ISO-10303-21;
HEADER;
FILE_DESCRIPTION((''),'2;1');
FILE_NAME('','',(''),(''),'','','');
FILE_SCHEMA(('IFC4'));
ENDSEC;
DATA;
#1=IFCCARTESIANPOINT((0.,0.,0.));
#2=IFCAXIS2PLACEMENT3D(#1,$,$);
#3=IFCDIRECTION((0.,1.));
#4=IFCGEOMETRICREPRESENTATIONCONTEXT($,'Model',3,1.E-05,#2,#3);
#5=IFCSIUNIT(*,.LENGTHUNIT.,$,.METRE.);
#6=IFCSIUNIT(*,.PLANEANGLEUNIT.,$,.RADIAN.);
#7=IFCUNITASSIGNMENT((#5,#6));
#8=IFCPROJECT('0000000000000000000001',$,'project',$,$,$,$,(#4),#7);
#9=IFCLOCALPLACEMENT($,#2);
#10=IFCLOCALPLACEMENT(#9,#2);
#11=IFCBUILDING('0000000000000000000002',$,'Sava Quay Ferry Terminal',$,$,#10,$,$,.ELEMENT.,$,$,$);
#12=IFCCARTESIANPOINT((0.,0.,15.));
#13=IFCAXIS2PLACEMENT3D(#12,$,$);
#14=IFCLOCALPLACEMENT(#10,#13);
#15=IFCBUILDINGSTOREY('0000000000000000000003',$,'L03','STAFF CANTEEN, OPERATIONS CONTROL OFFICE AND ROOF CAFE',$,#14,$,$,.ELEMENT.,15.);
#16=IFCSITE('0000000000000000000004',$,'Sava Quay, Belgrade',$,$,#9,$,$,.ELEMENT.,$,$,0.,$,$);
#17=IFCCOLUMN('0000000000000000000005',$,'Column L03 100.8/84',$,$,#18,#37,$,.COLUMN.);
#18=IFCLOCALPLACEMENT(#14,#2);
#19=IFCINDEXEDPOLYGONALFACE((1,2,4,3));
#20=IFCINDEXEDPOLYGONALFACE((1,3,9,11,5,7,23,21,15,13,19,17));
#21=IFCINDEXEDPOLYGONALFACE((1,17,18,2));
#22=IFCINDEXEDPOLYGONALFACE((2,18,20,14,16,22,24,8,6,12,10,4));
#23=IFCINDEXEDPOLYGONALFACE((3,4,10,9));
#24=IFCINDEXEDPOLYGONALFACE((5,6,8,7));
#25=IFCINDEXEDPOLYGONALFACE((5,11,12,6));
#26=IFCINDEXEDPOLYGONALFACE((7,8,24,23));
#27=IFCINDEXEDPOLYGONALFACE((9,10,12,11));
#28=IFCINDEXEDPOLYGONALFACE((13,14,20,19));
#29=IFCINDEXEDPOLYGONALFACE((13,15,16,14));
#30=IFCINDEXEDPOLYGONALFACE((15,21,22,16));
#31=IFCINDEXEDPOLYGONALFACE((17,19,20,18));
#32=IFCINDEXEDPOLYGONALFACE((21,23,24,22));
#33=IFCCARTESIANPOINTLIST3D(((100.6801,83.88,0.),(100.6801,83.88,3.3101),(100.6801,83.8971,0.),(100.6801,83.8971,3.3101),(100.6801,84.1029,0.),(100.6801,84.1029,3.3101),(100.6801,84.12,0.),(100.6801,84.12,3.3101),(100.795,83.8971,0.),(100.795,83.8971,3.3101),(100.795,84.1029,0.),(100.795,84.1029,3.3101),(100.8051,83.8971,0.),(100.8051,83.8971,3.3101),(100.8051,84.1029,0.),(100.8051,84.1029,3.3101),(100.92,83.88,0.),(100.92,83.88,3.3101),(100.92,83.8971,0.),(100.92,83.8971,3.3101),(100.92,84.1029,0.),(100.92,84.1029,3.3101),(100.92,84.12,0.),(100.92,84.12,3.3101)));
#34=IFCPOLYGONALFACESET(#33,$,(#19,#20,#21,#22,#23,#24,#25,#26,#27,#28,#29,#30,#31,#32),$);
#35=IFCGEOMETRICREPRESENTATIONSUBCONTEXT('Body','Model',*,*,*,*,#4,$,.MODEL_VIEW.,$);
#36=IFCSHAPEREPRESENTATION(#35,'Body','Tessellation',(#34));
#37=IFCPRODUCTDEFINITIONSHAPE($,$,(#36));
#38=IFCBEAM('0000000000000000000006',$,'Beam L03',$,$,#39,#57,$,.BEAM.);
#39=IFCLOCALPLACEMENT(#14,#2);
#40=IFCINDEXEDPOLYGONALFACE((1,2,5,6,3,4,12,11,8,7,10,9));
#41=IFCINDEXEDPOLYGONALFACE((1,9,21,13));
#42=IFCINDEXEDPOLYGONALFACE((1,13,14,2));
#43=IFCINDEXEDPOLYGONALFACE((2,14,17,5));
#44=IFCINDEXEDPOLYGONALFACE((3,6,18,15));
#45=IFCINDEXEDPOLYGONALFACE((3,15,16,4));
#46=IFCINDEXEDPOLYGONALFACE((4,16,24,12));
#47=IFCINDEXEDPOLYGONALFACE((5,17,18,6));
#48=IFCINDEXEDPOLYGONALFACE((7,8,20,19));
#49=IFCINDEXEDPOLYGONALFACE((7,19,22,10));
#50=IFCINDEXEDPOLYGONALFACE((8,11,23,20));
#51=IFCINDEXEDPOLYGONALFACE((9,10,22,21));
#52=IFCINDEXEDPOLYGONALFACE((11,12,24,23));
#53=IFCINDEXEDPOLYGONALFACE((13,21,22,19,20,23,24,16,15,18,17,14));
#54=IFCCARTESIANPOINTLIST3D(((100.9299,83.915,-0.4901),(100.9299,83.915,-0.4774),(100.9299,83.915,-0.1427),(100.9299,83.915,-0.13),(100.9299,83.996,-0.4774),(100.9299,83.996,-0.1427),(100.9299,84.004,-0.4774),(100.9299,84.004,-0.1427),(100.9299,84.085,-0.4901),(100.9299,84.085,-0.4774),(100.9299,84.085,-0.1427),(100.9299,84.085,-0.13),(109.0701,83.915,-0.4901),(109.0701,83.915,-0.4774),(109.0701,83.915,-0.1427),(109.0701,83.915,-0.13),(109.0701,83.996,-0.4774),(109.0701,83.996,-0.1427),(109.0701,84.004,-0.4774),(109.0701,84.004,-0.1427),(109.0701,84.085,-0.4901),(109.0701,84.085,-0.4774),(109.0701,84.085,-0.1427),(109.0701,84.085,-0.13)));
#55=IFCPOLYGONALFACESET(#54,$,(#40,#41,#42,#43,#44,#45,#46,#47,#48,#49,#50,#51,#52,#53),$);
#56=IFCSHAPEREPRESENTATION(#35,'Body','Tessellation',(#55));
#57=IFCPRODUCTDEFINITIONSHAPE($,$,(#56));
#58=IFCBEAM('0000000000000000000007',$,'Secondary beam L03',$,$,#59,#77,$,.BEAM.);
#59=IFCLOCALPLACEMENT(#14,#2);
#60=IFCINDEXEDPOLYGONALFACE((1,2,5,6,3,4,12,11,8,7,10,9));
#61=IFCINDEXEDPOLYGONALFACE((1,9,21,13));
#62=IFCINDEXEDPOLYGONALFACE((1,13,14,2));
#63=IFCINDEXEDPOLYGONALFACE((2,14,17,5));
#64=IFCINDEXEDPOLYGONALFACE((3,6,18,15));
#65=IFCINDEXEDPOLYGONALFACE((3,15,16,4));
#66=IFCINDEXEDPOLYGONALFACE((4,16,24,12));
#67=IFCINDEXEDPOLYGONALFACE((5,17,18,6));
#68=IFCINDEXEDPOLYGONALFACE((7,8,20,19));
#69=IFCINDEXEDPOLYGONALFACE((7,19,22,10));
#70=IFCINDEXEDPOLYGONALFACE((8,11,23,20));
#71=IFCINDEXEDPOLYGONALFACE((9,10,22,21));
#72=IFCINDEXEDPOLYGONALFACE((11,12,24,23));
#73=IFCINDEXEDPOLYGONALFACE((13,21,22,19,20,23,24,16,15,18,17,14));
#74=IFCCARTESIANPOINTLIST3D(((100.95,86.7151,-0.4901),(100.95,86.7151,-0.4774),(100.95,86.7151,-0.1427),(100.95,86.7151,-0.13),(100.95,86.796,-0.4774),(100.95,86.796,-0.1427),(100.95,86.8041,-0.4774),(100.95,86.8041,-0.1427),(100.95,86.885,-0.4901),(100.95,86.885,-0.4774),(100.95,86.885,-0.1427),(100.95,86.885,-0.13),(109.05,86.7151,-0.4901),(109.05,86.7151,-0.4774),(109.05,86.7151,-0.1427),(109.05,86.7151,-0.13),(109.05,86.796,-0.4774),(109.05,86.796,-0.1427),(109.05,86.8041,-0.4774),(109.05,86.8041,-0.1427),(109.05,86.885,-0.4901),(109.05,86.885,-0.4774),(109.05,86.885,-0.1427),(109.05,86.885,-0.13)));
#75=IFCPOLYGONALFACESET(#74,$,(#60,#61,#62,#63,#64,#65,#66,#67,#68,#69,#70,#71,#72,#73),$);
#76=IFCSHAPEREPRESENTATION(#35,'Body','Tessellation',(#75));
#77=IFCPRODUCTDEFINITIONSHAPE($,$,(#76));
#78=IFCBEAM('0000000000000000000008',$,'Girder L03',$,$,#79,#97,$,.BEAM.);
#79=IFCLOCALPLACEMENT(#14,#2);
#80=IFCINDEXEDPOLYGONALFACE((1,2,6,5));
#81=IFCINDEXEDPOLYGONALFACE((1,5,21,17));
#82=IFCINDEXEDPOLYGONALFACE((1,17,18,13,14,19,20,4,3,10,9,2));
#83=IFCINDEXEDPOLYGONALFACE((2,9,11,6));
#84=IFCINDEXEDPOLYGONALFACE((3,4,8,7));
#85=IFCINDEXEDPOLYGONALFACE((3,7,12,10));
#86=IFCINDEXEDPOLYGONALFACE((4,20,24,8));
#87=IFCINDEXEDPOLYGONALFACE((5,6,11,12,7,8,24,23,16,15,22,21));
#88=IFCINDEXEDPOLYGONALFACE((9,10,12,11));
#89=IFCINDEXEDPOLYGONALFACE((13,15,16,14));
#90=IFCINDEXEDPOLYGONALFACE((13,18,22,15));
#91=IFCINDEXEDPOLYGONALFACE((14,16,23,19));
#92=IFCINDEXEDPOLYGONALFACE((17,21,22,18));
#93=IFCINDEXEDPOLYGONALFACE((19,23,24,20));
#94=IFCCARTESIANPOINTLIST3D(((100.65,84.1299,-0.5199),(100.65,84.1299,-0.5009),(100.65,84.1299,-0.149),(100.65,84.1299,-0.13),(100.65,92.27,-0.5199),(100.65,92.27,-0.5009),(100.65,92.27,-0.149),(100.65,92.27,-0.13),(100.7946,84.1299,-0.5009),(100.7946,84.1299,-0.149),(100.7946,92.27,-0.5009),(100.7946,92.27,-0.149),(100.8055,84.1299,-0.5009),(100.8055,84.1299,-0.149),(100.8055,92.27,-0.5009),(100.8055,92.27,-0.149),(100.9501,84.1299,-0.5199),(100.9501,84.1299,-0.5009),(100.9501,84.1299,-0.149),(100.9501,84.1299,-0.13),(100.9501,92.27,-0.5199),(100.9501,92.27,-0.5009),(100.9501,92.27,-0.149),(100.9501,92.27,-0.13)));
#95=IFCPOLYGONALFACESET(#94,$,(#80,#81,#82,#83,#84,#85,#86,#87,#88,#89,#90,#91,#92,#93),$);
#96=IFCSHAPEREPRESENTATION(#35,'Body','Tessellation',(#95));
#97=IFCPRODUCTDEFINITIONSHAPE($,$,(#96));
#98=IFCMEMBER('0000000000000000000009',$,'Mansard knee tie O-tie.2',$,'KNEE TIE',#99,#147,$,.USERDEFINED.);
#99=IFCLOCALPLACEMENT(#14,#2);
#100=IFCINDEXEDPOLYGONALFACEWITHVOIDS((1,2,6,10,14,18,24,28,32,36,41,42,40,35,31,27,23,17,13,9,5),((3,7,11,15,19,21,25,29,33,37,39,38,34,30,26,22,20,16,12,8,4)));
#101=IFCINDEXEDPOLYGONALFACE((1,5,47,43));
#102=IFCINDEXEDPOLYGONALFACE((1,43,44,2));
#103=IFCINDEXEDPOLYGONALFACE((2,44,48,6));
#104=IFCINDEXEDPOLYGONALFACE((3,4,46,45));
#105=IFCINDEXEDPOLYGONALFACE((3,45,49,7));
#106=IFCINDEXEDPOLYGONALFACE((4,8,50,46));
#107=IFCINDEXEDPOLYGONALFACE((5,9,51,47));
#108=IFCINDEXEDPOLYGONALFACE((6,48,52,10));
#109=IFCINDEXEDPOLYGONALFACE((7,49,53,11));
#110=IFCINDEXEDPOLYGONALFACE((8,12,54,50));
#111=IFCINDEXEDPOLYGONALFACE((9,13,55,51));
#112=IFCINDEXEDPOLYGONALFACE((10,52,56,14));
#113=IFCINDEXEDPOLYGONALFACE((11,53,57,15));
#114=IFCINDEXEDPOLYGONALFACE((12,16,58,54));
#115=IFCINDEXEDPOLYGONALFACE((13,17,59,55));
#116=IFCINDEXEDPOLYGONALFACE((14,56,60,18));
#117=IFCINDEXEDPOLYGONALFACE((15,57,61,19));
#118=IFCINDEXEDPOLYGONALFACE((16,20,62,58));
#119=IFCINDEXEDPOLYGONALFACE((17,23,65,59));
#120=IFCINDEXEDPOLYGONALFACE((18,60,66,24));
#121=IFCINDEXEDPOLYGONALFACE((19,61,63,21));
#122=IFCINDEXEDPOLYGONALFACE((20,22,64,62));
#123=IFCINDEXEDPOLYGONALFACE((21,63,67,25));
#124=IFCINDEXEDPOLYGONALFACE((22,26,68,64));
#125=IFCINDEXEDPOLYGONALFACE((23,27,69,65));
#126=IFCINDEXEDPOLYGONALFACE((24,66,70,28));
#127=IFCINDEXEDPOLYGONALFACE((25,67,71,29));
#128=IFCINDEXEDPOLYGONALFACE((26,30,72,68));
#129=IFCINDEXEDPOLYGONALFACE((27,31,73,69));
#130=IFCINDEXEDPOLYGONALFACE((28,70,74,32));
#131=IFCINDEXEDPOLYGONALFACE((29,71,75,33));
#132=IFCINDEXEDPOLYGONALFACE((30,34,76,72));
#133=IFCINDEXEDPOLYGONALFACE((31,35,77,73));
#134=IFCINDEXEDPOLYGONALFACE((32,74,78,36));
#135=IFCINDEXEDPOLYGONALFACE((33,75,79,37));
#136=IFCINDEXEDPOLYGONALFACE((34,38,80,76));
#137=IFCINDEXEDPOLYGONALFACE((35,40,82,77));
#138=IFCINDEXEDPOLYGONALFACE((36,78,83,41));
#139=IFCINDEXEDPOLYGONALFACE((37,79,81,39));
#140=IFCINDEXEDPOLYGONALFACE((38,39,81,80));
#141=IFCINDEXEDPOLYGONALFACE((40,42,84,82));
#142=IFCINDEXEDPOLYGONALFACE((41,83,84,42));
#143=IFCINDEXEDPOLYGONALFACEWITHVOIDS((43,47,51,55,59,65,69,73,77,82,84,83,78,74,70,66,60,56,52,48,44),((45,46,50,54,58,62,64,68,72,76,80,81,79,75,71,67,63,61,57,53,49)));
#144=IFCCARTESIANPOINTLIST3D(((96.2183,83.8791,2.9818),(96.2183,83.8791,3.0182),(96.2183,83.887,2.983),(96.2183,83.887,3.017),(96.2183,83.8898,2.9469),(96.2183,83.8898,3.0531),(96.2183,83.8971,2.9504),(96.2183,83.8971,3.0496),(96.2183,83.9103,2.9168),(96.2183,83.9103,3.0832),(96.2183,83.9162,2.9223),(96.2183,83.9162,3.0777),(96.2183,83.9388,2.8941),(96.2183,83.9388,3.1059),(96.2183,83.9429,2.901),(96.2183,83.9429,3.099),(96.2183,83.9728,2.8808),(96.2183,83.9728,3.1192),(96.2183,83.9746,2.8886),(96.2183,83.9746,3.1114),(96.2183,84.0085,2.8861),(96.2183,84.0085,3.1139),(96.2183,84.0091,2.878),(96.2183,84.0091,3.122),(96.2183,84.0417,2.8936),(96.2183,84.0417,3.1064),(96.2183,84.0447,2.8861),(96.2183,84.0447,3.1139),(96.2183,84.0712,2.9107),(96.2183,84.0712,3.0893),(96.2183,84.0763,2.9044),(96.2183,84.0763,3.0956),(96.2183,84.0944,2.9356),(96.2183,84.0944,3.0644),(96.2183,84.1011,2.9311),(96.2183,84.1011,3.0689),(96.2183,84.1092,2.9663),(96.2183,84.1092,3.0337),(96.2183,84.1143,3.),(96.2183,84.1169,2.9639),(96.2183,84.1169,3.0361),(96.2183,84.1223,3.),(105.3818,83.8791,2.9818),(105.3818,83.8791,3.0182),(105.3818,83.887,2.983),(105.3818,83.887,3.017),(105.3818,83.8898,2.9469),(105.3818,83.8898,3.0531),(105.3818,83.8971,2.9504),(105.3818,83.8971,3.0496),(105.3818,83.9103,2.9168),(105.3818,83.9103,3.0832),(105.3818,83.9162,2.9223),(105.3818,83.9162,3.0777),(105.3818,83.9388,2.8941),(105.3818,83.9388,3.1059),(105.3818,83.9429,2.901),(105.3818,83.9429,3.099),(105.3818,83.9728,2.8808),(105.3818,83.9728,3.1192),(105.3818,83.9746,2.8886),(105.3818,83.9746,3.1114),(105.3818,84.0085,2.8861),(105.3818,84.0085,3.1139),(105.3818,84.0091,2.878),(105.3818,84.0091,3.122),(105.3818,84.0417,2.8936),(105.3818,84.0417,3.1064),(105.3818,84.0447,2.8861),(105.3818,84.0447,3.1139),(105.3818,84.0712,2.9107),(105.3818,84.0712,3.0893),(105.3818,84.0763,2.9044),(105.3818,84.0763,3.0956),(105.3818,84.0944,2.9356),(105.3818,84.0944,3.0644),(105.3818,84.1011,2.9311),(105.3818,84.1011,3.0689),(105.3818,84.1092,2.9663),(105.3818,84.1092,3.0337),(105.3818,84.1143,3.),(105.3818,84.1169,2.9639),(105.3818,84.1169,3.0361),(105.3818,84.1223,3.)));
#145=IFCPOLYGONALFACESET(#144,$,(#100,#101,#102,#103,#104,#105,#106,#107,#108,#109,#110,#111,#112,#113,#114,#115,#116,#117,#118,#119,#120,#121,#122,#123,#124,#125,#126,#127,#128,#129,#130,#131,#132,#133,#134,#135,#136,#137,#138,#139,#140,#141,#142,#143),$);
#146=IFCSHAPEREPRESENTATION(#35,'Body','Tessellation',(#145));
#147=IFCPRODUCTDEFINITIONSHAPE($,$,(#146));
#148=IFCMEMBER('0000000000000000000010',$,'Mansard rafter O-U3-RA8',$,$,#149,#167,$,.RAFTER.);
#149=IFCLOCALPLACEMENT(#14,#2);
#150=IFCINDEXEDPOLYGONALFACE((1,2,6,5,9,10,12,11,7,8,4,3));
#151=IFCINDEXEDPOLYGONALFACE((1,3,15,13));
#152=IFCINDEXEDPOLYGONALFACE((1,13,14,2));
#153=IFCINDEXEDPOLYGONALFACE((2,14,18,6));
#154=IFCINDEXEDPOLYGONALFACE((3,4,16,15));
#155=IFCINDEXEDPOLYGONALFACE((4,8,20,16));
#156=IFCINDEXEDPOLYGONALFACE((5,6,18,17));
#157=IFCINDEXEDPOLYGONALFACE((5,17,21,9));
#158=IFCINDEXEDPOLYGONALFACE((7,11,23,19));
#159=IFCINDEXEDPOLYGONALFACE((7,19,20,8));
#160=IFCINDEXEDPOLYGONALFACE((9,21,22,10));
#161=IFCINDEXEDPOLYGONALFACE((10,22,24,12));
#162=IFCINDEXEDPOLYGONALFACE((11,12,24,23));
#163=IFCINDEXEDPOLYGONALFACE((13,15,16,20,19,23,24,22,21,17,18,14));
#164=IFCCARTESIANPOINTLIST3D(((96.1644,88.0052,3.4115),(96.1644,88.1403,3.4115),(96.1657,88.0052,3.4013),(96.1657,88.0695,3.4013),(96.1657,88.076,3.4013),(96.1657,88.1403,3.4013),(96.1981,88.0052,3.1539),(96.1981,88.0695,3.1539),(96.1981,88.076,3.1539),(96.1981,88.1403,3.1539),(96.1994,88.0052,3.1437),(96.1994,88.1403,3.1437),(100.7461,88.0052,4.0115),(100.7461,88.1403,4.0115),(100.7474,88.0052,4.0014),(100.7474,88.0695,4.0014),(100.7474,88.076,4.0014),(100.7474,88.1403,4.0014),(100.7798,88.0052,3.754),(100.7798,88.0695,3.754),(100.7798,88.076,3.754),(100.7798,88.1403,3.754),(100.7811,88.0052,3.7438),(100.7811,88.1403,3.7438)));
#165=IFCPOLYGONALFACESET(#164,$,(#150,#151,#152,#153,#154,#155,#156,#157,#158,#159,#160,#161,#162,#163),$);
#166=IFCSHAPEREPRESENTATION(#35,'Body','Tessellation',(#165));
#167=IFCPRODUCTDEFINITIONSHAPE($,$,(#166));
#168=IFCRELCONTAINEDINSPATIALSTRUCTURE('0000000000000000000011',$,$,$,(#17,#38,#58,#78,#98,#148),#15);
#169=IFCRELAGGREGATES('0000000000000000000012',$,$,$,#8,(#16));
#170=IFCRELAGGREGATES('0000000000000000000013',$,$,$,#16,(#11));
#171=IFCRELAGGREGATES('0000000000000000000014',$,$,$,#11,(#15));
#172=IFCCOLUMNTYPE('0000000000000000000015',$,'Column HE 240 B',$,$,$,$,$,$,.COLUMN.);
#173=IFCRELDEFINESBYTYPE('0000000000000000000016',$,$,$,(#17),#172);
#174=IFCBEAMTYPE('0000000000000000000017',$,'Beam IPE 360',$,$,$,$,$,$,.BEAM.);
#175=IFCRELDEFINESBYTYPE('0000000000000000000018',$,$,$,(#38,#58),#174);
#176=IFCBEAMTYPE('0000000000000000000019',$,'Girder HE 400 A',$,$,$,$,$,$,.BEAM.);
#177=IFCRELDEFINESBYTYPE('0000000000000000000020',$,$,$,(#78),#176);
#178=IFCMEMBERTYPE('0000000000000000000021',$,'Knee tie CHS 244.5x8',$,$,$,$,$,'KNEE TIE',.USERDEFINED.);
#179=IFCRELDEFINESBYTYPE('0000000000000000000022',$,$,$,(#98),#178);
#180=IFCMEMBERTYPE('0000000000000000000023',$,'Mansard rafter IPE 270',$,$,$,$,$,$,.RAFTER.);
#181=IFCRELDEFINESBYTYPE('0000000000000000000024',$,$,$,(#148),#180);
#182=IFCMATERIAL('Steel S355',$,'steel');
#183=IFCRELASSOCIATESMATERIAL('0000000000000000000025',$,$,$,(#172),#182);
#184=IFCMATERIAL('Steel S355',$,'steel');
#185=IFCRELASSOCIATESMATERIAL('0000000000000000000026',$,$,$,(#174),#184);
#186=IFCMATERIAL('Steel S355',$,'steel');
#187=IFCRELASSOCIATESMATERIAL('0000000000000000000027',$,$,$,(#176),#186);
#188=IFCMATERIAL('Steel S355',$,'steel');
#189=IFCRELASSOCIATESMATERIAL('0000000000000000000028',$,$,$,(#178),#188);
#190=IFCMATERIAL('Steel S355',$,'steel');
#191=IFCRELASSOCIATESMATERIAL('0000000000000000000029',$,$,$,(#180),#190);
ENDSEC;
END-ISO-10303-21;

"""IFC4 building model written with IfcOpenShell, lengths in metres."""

from ifc_helpers import new_model, si_unit, direction, frame, origin, origin_2d, place, context, subcontext, project, spatial, hollow_circle, i_section, extrude, material, material_profile, profile_set, type_object, element, save


model = new_model("IFC4")

# Units and contexts
model_context = context("Model", 3, precision=1e-05, world=origin(), true_north=direction((0.0, 1.0)))
body_context = subcontext(model_context, "Body", "Model", "MODEL_VIEW")
ifc_project = project(units=[si_unit("LENGTHUNIT", "METRE"), si_unit("PLANEANGLEUNIT", "RADIAN")], contexts=[model_context])

# Site, building, storey
site_placement = place(None, origin())
site = spatial("IfcSite", under=ifc_project, at=site_placement, Name="Sava Quay, Belgrade", CompositionType="ELEMENT", RefElevation=0.0)
building_placement = place(site_placement, origin())
building = spatial("IfcBuilding", under=site, at=building_placement, Name="Sava Quay Ferry Terminal", CompositionType="ELEMENT")
storey_placement = place(building_placement, frame((0.0, 0.0, 15.0)))
storey = spatial("IfcBuildingStorey", under=building, at=storey_placement, Name="L03", Description="STAFF CANTEEN, OPERATIONS CONTROL OFFICE AND ROOF CAFE", CompositionType="ELEMENT", Elevation=15.0)

# Column
ifc_material_1 = material(Name="Steel S355", Category="steel")
ifc_material_profile_1 = material_profile(ifc_material_1, i_section(OverallWidth=0.24, OverallDepth=0.24, WebThickness=0.01, FlangeThickness=0.0171, at=origin_2d()), Name="HE 240 B")
ifc_profile_set_1 = profile_set([ifc_material_profile_1], Name="Steel S355")
column_type = type_object("IfcColumnType", Name="Column HE 240 B", PredefinedType="COLUMN", material=ifc_profile_set_1)
column_placement = place(storey_placement, frame((100.8, 84.0, 0.0), z_axis=(0.0, 0.0, 1.0), x_axis=(1.0, 0.0, 0.0)))
element("IfcColumn", 1, at=column_placement, inside=storey, type_object=column_type, Name="Column L03 100.8/84", PredefinedType="COLUMN", context=body_context, shape_type="SweptSolid", body=[
    extrude(i_section(OverallWidth=0.24, OverallDepth=0.24, WebThickness=0.01, FlangeThickness=0.0171, at=origin_2d()), origin(), (0.0, 0.0, 1.0), 3.3101),
])

# Beams
ifc_material_2 = material(Name="Steel S355", Category="steel")
ifc_material_profile_2 = material_profile(ifc_material_2, i_section(OverallWidth=0.1699, OverallDepth=0.3601, WebThickness=0.0081, FlangeThickness=0.0127, at=origin_2d()), Name="IPE 360")
ifc_profile_set_2 = profile_set([ifc_material_profile_2], Name="Steel S355")
beam_type_1 = type_object("IfcBeamType", Name="Beam IPE 360", PredefinedType="BEAM", material=ifc_profile_set_2)
beam_1_placement = place(storey_placement, frame((100.9299, 84.0, -0.3101), z_axis=(1.0, 0.0, 0.0), x_axis=(0.0, 1.0, 0.0)))
element("IfcBeam", 2, at=beam_1_placement, inside=storey, type_object=beam_type_1, Name="Beam L03", PredefinedType="BEAM", context=body_context, shape_type="SweptSolid", body=[
    extrude(i_section(OverallWidth=0.1699, OverallDepth=0.3601, WebThickness=0.0081, FlangeThickness=0.0127, at=origin_2d()), origin(), (0.0, 0.0, 1.0), 8.1401),
])
beam_2_placement = place(storey_placement, frame((100.95, 86.8, -0.3101), z_axis=(1.0, 0.0, 0.0), x_axis=(0.0, 1.0, 0.0)))
element("IfcBeam", 3, at=beam_2_placement, inside=storey, type_object=beam_type_1, Name="Secondary beam L03", PredefinedType="BEAM", context=body_context, shape_type="SweptSolid", body=[
    extrude(i_section(OverallWidth=0.1699, OverallDepth=0.3601, WebThickness=0.0081, FlangeThickness=0.0127, at=origin_2d()), origin(), (0.0, 0.0, 1.0), 8.1001),
])
ifc_material_3 = material(Name="Steel S355", Category="steel")
ifc_material_profile_3 = material_profile(ifc_material_3, i_section(OverallWidth=0.3, OverallDepth=0.3899, WebThickness=0.011, FlangeThickness=0.019, at=origin_2d()), Name="HE 400 A")
ifc_profile_set_3 = profile_set([ifc_material_profile_3], Name="Steel S355")
beam_type_2 = type_object("IfcBeamType", Name="Girder HE 400 A", PredefinedType="BEAM", material=ifc_profile_set_3)
beam_3_placement = place(storey_placement, frame((100.8, 84.1299, -0.325), z_axis=(0.0, 1.0, 0.0), x_axis=(-1.0, 0.0, 0.0)))
element("IfcBeam", 4, at=beam_3_placement, inside=storey, type_object=beam_type_2, Name="Girder L03", PredefinedType="BEAM", context=body_context, shape_type="SweptSolid", body=[
    extrude(i_section(OverallWidth=0.3, OverallDepth=0.3899, WebThickness=0.011, FlangeThickness=0.019, at=origin_2d()), origin(), (0.0, 0.0, 1.0), 8.1401),
])

# Members
ifc_material_4 = material(Name="Steel S355", Category="steel")
ifc_material_profile_4 = material_profile(ifc_material_4, hollow_circle(Radius=0.1223, WallThickness=0.0081, at=origin_2d()), Name="CHS 244.5 x 8.0")
ifc_profile_set_4 = profile_set([ifc_material_profile_4], Name="Steel S355")
member_type_1 = type_object("IfcMemberType", Name="Knee tie CHS 244.5x8", ElementType="KNEE TIE", PredefinedType="USERDEFINED", material=ifc_profile_set_4)
member_1_placement = place(storey_placement, frame((96.2183, 84.0, 3.0), z_axis=(1.0, 0.0, 0.0), x_axis=(0.0, 1.0, 0.0)))
element("IfcMember", 5, at=member_1_placement, inside=storey, type_object=member_type_1, Name="Mansard knee tie O-tie.2", ObjectType="KNEE TIE", PredefinedType="USERDEFINED", context=body_context, shape_type="SweptSolid", body=[
    extrude(hollow_circle(Radius=0.1223, WallThickness=0.0081, at=origin_2d()), origin(), (0.0, 0.0, 1.0), 9.1636),
])
ifc_material_5 = material(Name="Steel S355", Category="steel")
ifc_material_profile_5 = material_profile(ifc_material_5, i_section(OverallWidth=0.135, OverallDepth=0.27, WebThickness=0.0066, FlangeThickness=0.0103, at=origin_2d()), Name="IPE 270")
ifc_profile_set_5 = profile_set([ifc_material_profile_5], Name="Steel S355")
member_type_2 = type_object("IfcMemberType", Name="Mansard rafter IPE 270", PredefinedType="RAFTER", material=ifc_profile_set_5)
member_2_placement = place(storey_placement, frame((96.1819, 88.0728, 3.2776), z_axis=(0.991532, 0.0, 0.129865), x_axis=(0.0, 1.0, 0.0)))
element("IfcMember", 6, at=member_2_placement, inside=storey, type_object=member_type_2, Name="Mansard rafter O-U3-RA8", PredefinedType="RAFTER", context=body_context, shape_type="SweptSolid", body=[
    extrude(i_section(OverallWidth=0.135, OverallDepth=0.27, WebThickness=0.0066, FlangeThickness=0.0103, at=origin_2d()), origin(), (0.0, 0.0, 1.0), 4.6208),
])

save(model, "model.ifc")
